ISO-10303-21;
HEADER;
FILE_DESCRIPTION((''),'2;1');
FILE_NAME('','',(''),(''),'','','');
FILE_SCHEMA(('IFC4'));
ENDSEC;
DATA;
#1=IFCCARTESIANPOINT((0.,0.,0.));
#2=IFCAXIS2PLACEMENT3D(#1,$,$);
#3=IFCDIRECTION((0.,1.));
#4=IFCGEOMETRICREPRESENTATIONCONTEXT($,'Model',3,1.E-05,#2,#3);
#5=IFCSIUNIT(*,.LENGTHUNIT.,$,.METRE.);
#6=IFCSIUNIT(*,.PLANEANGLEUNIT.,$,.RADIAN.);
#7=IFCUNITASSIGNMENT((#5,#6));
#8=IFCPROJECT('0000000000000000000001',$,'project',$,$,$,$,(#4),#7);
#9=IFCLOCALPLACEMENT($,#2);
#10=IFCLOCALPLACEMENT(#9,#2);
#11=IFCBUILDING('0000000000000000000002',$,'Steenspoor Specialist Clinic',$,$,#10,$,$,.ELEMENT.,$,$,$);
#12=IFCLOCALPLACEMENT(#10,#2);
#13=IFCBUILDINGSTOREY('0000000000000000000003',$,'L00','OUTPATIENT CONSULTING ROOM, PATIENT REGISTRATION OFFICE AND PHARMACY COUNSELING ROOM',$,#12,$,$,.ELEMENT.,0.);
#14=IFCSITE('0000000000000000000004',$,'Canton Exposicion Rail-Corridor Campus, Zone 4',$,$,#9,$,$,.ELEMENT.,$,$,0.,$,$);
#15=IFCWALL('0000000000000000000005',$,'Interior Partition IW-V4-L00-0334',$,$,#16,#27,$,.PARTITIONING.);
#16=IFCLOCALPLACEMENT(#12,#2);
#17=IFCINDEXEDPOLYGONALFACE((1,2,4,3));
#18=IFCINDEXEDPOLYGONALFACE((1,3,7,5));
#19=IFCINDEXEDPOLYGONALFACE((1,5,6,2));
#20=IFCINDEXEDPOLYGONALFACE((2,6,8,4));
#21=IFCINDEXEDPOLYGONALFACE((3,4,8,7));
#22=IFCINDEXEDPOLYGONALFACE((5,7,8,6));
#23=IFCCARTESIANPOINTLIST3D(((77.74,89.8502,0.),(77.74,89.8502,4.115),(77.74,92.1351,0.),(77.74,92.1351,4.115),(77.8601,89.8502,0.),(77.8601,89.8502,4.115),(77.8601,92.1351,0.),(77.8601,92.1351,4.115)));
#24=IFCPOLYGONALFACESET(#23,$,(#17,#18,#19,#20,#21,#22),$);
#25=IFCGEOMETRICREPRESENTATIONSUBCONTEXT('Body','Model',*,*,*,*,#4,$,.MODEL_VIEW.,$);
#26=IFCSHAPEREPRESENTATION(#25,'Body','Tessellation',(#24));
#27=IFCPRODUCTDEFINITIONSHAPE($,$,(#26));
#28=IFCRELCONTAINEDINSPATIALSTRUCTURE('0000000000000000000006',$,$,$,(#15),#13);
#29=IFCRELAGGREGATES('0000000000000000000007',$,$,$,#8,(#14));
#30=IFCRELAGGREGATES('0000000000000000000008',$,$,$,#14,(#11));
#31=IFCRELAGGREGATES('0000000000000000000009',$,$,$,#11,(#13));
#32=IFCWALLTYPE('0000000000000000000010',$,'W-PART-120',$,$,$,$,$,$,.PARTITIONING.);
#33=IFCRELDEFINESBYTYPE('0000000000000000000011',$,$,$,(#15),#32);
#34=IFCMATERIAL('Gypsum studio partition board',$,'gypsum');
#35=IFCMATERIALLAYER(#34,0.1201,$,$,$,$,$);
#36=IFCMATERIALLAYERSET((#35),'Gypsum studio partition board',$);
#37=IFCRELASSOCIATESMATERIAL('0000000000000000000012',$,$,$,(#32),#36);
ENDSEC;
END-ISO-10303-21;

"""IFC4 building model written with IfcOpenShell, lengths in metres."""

from ifc_helpers import new_model, si_unit, direction, frame, frame_2d, origin, place, context, subcontext, project, spatial, rectangle, extrude, material, layer, layer_set, type_object, element, save


model = new_model("IFC4")

# Units and contexts
model_context = context("Model", 3, precision=1e-05, world=origin(), true_north=direction((0.0, 1.0)))
body_context = subcontext(model_context, "Body", "Model", "MODEL_VIEW")
ifc_project = project(units=[si_unit("LENGTHUNIT", "METRE"), si_unit("PLANEANGLEUNIT", "RADIAN")], contexts=[model_context])

# Site, building, storey
site_placement = place(None, origin())
site = spatial("IfcSite", under=ifc_project, at=site_placement, Name="Canton Exposicion Rail-Corridor Campus, Zone 4", CompositionType="ELEMENT", RefElevation=0.0)
building_placement = place(site_placement, origin())
building = spatial("IfcBuilding", under=site, at=building_placement, Name="Steenspoor Specialist Clinic", CompositionType="ELEMENT")
storey_placement = place(building_placement, origin())
storey = spatial("IfcBuildingStorey", under=building, at=storey_placement, Name="L00", Description="OUTPATIENT CONSULTING ROOM, PATIENT REGISTRATION OFFICE AND PHARMACY COUNSELING ROOM", CompositionType="ELEMENT", Elevation=0.0)

# Wall
ifc_material_1 = material(Name="Gypsum studio partition board", Category="gypsum")
ifc_layer_1 = layer(ifc_material_1, 0.1201)
ifc_layer_set_1 = layer_set([ifc_layer_1], Name="Gypsum studio partition board")
wall_type_1 = type_object("IfcWallType", Name="W-PART-120", PredefinedType="PARTITIONING", material=ifc_layer_set_1)
wall_1_placement = place(storey_placement, frame((77.8, 89.8501, 0.0), z_axis=(0.0, 0.0, 1.0), x_axis=(0.0, 1.0, 0.0)))
element("IfcWall", 1, at=wall_1_placement, inside=storey, type_object=wall_type_1, Name="Interior Partition IW-V4-L00-0334", PredefinedType="PARTITIONING", context=body_context, shape_type="SweptSolid", body=[
    extrude(rectangle(XDim=2.2849, YDim=0.1201, at=frame_2d((1.1426, 0.0))), origin(), (0.0, 0.0, 1.0), 4.115),
])

save(model, "model.ifc")
